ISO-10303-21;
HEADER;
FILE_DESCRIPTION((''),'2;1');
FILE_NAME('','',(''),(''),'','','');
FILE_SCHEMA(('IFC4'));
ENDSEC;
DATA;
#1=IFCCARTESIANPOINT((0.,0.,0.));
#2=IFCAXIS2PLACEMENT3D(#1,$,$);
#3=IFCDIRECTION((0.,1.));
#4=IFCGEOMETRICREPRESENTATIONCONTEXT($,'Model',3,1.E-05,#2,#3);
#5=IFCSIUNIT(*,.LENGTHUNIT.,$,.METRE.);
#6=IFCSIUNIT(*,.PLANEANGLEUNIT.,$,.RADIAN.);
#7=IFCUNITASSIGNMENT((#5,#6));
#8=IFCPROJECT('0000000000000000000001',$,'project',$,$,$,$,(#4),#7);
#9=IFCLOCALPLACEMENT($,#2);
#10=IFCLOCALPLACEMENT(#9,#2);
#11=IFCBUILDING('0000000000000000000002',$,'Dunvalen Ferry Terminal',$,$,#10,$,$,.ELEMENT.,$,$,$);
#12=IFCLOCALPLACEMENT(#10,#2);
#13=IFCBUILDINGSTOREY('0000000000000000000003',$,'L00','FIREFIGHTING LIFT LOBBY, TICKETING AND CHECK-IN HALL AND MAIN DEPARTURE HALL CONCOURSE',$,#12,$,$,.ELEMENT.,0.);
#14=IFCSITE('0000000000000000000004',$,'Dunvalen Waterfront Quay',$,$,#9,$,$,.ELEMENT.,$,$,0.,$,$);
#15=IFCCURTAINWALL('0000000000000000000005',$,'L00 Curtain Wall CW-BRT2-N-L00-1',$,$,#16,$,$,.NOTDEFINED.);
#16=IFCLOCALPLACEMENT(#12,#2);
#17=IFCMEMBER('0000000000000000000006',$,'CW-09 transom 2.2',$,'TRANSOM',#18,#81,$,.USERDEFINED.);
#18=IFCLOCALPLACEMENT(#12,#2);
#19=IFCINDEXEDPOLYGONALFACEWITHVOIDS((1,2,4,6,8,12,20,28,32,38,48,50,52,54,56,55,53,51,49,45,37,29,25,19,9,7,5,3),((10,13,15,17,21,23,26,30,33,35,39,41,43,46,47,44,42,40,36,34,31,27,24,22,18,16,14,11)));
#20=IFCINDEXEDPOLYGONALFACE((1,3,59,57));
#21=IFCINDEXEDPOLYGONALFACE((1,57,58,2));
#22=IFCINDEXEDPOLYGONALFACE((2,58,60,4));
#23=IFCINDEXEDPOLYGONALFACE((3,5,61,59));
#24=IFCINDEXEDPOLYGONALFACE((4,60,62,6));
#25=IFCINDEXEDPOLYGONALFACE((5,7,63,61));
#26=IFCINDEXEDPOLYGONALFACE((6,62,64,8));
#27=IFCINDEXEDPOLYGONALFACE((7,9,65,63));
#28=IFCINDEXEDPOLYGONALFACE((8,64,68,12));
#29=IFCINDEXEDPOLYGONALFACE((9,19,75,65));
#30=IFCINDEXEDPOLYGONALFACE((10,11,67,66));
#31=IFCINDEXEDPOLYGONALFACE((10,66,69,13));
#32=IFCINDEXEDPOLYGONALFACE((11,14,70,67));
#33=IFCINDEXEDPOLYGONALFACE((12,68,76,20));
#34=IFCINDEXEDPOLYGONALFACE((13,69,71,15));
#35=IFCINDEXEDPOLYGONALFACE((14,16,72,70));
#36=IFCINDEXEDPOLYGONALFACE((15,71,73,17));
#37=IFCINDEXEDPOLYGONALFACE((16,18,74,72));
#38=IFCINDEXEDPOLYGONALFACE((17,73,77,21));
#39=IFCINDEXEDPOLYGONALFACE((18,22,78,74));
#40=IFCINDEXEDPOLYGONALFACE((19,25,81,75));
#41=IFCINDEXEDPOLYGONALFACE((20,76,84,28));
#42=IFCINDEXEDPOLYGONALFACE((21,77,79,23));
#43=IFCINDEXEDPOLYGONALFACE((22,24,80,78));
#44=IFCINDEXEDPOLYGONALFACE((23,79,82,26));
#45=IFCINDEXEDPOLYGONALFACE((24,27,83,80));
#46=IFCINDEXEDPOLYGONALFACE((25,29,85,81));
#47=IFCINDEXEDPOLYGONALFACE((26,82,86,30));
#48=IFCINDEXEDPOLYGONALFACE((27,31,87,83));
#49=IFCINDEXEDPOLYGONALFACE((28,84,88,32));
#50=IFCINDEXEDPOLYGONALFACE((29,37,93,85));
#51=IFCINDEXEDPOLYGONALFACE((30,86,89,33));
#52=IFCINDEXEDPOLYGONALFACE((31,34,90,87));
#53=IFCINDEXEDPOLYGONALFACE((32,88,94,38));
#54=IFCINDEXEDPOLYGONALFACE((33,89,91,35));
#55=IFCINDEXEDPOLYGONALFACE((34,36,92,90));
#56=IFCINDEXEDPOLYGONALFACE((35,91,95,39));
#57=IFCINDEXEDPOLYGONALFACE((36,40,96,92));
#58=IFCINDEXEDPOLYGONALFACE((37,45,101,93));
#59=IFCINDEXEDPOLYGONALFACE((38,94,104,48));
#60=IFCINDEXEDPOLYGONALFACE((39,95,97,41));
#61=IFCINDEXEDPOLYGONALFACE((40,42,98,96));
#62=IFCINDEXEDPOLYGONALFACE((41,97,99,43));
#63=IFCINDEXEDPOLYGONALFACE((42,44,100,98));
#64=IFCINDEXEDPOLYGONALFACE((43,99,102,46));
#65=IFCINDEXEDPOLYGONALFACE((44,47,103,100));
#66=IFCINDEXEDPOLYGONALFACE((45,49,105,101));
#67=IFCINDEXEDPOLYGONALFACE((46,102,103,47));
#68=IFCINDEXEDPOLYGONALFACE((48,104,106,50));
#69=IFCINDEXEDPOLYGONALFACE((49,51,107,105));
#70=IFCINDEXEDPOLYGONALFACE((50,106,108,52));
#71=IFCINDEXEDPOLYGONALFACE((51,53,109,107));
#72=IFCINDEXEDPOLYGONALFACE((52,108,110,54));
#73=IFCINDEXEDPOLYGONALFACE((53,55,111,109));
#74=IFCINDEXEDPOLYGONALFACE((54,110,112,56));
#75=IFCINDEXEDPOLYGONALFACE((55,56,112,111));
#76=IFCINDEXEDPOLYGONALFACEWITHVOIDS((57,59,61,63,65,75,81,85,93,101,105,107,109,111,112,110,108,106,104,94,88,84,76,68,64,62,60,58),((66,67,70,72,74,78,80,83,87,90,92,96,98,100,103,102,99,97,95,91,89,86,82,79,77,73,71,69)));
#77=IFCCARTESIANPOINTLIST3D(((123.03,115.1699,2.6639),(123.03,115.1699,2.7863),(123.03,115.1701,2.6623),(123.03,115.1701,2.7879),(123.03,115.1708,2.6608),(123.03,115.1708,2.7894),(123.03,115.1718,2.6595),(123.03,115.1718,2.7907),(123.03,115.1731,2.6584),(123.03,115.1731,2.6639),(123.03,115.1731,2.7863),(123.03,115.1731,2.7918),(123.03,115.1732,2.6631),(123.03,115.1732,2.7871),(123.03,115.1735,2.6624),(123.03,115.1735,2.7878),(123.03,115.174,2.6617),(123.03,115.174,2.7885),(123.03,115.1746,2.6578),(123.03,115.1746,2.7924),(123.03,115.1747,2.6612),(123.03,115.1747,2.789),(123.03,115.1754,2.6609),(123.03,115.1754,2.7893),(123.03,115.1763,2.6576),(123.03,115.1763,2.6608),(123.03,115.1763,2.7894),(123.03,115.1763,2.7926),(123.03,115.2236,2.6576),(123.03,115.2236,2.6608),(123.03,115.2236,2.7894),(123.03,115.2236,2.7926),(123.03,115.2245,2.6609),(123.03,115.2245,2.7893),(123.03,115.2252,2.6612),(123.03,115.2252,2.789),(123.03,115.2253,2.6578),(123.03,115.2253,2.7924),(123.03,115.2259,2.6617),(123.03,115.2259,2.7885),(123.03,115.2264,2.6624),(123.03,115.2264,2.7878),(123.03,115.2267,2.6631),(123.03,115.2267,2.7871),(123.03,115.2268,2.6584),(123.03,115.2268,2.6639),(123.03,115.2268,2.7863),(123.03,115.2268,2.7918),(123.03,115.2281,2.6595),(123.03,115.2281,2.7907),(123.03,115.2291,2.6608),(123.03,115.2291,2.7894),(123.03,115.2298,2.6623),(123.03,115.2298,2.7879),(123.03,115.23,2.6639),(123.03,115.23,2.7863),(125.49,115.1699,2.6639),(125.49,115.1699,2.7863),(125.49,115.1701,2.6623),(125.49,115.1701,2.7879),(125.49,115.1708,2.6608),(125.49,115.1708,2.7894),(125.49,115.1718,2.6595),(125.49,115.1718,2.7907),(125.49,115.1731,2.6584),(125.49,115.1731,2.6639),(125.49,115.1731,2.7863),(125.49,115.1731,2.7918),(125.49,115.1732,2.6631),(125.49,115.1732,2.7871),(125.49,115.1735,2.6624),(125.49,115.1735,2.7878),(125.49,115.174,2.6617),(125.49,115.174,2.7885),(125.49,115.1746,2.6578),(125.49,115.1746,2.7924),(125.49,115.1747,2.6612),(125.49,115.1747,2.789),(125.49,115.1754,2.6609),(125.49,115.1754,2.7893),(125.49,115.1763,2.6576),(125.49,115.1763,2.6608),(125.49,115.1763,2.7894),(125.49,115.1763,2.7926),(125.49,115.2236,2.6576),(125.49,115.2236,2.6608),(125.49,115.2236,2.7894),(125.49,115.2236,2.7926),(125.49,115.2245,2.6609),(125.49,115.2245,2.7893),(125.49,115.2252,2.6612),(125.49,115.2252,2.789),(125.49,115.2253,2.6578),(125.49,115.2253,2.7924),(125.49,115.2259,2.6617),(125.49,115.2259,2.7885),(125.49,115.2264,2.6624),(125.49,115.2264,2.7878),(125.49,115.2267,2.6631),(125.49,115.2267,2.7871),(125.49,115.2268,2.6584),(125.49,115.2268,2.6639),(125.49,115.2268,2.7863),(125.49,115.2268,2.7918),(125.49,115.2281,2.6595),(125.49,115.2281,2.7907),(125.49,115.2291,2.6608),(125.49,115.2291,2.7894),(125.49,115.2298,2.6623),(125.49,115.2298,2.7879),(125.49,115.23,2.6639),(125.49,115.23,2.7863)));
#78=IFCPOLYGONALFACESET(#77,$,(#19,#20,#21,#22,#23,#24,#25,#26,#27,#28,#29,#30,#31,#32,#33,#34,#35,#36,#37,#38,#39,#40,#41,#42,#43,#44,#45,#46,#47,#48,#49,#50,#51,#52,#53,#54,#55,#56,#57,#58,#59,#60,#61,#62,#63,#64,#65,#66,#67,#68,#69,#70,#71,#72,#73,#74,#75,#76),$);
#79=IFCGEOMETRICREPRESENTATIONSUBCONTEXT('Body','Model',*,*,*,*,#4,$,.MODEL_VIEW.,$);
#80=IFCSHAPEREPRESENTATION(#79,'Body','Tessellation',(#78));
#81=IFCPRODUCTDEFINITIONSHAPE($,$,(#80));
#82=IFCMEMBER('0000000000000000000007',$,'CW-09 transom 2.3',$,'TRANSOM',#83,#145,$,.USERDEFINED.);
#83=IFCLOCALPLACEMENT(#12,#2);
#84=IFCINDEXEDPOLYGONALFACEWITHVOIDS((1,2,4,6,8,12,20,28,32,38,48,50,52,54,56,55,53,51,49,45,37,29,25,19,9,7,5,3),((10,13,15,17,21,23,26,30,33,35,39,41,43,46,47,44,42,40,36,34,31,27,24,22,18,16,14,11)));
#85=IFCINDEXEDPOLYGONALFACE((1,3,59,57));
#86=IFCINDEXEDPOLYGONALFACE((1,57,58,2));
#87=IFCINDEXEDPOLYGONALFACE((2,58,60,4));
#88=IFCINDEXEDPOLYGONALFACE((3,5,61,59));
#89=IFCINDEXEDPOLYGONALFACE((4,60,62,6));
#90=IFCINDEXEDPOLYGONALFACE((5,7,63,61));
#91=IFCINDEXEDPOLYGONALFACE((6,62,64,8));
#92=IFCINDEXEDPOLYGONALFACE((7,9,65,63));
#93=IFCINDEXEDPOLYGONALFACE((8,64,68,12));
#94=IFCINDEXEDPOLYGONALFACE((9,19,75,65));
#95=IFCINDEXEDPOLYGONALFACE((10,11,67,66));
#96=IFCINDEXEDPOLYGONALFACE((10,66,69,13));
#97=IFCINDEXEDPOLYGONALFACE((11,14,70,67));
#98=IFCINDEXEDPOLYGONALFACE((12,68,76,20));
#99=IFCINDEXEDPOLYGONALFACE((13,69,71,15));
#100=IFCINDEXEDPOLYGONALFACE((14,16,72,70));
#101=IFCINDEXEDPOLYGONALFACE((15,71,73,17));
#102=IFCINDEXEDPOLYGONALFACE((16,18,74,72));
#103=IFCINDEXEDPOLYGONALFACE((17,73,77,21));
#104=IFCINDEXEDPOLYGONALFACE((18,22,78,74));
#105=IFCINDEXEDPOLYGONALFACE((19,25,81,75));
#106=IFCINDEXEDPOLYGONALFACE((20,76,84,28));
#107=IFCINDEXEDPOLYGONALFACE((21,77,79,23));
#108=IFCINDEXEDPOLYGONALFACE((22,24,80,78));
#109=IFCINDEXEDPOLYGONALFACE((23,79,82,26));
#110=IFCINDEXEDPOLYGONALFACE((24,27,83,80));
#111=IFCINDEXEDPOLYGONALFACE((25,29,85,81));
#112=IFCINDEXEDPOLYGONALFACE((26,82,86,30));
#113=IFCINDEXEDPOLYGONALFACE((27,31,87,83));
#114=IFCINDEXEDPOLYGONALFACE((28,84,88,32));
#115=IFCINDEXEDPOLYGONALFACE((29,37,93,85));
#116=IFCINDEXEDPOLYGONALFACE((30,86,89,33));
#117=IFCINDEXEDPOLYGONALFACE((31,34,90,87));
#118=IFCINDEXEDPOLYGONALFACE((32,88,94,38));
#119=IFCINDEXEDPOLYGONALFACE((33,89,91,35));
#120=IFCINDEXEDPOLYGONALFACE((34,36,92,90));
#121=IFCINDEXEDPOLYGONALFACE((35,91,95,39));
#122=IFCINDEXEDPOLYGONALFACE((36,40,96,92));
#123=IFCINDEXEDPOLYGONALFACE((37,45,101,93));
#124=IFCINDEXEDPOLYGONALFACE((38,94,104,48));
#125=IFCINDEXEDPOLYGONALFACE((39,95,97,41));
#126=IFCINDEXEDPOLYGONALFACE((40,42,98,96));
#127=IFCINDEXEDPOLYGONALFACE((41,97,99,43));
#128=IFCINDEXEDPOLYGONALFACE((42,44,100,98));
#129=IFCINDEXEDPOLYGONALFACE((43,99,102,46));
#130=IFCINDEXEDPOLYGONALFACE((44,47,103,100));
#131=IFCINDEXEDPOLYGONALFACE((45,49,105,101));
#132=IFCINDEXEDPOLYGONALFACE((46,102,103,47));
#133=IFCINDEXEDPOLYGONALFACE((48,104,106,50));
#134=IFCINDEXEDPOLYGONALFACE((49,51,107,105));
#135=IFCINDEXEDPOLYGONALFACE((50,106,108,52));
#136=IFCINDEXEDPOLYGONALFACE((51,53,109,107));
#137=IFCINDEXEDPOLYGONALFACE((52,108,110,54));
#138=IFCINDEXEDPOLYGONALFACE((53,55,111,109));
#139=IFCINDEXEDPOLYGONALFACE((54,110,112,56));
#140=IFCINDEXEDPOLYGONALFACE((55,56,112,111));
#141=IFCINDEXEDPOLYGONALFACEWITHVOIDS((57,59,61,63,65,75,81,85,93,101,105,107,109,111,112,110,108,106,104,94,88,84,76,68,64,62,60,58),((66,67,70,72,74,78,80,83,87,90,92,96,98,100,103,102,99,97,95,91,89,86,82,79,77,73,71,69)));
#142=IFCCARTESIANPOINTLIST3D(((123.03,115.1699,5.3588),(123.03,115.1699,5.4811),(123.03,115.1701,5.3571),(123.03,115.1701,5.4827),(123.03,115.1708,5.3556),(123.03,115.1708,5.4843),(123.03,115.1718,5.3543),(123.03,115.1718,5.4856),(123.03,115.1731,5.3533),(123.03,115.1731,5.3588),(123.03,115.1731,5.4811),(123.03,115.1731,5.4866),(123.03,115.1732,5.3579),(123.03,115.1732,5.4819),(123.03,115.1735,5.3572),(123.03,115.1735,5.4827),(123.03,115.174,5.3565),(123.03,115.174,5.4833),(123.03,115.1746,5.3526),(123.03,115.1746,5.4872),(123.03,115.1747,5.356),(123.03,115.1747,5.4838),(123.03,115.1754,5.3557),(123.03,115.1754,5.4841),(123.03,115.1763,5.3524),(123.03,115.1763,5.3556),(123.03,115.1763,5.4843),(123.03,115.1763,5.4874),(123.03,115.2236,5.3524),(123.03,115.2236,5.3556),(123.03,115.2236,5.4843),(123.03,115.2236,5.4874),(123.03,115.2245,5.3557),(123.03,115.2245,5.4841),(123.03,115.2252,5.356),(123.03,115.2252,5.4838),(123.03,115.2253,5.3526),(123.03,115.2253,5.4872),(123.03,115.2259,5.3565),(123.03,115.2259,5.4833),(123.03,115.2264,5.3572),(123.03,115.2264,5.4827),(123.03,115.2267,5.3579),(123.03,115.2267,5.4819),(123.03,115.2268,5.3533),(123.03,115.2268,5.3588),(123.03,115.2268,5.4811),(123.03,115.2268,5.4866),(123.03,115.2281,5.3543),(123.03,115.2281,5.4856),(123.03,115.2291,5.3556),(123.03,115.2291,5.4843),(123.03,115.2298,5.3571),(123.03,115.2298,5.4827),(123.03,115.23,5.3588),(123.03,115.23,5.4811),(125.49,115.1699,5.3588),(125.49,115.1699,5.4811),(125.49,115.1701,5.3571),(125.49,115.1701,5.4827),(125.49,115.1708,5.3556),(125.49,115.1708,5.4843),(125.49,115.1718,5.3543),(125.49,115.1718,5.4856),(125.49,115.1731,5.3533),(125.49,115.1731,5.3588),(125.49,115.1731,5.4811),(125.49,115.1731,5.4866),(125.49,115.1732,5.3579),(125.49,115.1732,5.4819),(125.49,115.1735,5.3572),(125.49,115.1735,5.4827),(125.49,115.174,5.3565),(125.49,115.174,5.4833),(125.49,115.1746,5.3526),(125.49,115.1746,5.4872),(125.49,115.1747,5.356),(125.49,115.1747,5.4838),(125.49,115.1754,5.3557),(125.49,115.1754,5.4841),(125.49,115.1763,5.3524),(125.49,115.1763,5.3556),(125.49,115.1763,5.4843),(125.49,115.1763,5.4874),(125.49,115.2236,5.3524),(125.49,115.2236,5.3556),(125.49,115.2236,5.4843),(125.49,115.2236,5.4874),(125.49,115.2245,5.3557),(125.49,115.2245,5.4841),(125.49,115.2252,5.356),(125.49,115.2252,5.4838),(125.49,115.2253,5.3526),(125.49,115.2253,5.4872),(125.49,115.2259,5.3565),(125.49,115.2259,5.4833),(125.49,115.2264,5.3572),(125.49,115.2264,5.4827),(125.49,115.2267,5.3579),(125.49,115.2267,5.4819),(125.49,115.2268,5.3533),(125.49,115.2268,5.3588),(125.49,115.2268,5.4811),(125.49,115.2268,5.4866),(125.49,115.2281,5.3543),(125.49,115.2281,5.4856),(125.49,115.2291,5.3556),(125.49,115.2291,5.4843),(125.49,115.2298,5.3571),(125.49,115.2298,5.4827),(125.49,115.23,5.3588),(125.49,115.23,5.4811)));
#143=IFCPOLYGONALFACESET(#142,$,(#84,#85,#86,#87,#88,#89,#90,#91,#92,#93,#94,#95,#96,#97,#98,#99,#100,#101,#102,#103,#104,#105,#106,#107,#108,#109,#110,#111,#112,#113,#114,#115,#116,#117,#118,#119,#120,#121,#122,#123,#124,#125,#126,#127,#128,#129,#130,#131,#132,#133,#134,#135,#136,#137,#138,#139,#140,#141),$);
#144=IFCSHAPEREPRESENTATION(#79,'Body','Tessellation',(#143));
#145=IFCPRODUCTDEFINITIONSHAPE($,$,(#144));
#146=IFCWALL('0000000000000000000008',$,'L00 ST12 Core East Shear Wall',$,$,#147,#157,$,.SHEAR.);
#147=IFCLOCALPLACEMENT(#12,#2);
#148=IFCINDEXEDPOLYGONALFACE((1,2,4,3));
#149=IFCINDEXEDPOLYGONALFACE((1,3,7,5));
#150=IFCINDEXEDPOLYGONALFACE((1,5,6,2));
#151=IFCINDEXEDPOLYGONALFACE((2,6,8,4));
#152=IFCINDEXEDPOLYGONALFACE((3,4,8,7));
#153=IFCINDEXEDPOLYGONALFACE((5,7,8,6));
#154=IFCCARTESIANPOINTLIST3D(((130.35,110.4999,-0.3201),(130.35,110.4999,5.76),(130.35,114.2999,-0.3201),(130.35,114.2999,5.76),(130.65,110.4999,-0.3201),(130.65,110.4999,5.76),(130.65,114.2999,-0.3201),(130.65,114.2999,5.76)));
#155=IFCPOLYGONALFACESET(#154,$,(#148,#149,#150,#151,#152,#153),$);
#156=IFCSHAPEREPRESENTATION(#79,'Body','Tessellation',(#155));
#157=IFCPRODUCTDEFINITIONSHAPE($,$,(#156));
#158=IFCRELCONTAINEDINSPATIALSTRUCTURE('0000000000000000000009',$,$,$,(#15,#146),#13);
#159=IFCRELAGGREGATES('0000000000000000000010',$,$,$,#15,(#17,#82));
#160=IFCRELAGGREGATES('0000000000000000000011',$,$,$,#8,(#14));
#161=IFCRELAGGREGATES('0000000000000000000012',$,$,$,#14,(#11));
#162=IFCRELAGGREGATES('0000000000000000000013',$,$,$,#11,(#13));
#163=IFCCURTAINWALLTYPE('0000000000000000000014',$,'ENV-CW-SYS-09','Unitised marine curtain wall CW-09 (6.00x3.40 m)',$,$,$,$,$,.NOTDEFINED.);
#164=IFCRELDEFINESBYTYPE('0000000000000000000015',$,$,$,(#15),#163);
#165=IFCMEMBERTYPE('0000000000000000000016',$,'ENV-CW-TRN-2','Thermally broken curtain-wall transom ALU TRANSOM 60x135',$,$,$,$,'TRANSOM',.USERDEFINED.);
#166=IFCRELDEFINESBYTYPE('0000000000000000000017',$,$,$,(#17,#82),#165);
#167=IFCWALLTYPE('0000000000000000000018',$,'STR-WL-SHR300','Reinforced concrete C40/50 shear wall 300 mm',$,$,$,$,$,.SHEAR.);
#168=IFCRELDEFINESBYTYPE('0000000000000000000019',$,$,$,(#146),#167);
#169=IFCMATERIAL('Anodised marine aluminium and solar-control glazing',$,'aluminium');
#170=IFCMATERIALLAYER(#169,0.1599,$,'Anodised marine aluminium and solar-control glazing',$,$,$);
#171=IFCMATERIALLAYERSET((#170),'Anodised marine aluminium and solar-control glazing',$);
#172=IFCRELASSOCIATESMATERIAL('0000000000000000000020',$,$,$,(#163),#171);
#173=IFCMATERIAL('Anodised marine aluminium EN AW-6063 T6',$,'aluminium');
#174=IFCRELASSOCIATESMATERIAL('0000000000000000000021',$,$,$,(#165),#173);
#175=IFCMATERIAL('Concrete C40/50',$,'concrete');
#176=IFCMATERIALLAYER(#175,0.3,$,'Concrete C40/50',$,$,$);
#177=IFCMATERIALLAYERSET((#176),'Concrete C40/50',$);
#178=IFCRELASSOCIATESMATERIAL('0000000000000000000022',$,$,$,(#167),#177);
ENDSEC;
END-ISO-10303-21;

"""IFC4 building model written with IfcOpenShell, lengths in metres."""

from ifc_helpers import new_model, si_unit, direction, frame, frame_2d, origin, origin_2d, place, context, subcontext, project, spatial, rectangle, hollow_rectangle, extrude, material, layer, layer_set, material_profile, profile_set, type_object, element, aggregate, save


model = new_model("IFC4")

# Units and contexts
model_context = context("Model", 3, precision=1e-05, world=origin(), true_north=direction((0.0, 1.0)))
body_context = subcontext(model_context, "Body", "Model", "MODEL_VIEW")
ifc_project = project(units=[si_unit("LENGTHUNIT", "METRE"), si_unit("PLANEANGLEUNIT", "RADIAN")], contexts=[model_context])

# Site, building, storey
site_placement = place(None, origin())
site = spatial("IfcSite", under=ifc_project, at=site_placement, Name="Dunvalen Waterfront Quay", CompositionType="ELEMENT", RefElevation=0.0)
building_placement = place(site_placement, origin())
building = spatial("IfcBuilding", under=site, at=building_placement, Name="Dunvalen Ferry Terminal", CompositionType="ELEMENT")
storey_placement = place(building_placement, origin())
storey = spatial("IfcBuildingStorey", under=building, at=storey_placement, Name="L00", Description="FIREFIGHTING LIFT LOBBY, TICKETING AND CHECK-IN HALL AND MAIN DEPARTURE HALL CONCOURSE", CompositionType="ELEMENT", Elevation=0.0)

# Shared definitions
ifc_material_1 = material(Name="Concrete C40/50", Category="concrete")

# Curtain wall, members
ifc_material_2 = material(Name="Anodised marine aluminium and solar-control glazing", Category="aluminium")
ifc_layer_1 = layer(ifc_material_2, 0.1599, Name="Anodised marine aluminium and solar-control glazing")
ifc_layer_set_1 = layer_set([ifc_layer_1], Name="Anodised marine aluminium and solar-control glazing")
curtain_wall_type = type_object("IfcCurtainWallType", Name="ENV-CW-SYS-09", Description="Unitised marine curtain wall CW-09 (6.00x3.40 m)", PredefinedType="NOTDEFINED", material=ifc_layer_set_1)
curtain_wall_placement = place(storey_placement, origin())
curtain_wall = element("IfcCurtainWall", 1, at=curtain_wall_placement, inside=storey, type_object=curtain_wall_type, Name="L00 Curtain Wall CW-BRT2-N-L00-1", PredefinedType="NOTDEFINED")
ifc_material_3 = material(Name="Anodised marine aluminium EN AW-6063 T6", Category="aluminium")
ifc_material_profile_1 = material_profile(ifc_material_3, hollow_rectangle(XDim=0.0601, YDim=0.135, WallThickness=0.0032, InnerFilletRadius=0.0032, OuterFilletRadius=0.0063, at=origin_2d()), Name="Anodised marine aluminium EN AW-6063 T6")
ifc_profile_set_1 = profile_set([ifc_material_profile_1], Name="Anodised marine aluminium EN AW-6063 T6")
member_type_1 = type_object("IfcMemberType", Name="ENV-CW-TRN-2", Description="Thermally broken curtain-wall transom ALU TRANSOM 60x135", ElementType="TRANSOM", PredefinedType="USERDEFINED", material=ifc_profile_set_1)
member_1_placement = place(storey_placement, frame((123.03, 115.2, 2.7251), z_axis=(1.0, 0.0, 0.0), x_axis=(0.0, 1.0, 0.0)))
member_1 = element("IfcMember", 2, at=member_1_placement, type_object=member_type_1, Name="CW-09 transom 2.2", ObjectType="TRANSOM", PredefinedType="USERDEFINED", context=body_context, shape_type="SweptSolid", body=[
    extrude(hollow_rectangle(XDim=0.0601, YDim=0.135, WallThickness=0.0032, InnerFilletRadius=0.0032, OuterFilletRadius=0.0063, at=origin_2d()), origin(), (0.0, 0.0, 1.0), 2.46),
])
member_2_placement = place(storey_placement, frame((123.03, 115.2, 5.4199), z_axis=(1.0, 0.0, 0.0), x_axis=(0.0, 1.0, 0.0)))
member_2 = element("IfcMember", 3, at=member_2_placement, type_object=member_type_1, Name="CW-09 transom 2.3", ObjectType="TRANSOM", PredefinedType="USERDEFINED", context=body_context, shape_type="SweptSolid", body=[
    extrude(hollow_rectangle(XDim=0.0601, YDim=0.135, WallThickness=0.0032, InnerFilletRadius=0.0032, OuterFilletRadius=0.0063, at=origin_2d()), origin(), (0.0, 0.0, 1.0), 2.46),
])
aggregate(curtain_wall, [member_1, member_2])

# Wall
ifc_layer_2 = layer(ifc_material_1, 0.3, Name="Concrete C40/50")
ifc_layer_set_2 = layer_set([ifc_layer_2], Name="Concrete C40/50")
wall_type = type_object("IfcWallType", Name="STR-WL-SHR300", Description="Reinforced concrete C40/50 shear wall 300 mm", PredefinedType="SHEAR", material=ifc_layer_set_2)
wall_placement = place(storey_placement, frame((130.5, 110.5, -0.3201), z_axis=(0.0, 0.0, 1.0), x_axis=(0.0, 1.0, 0.0)))
element("IfcWall", 4, at=wall_placement, inside=storey, type_object=wall_type, Name="L00 ST12 Core East Shear Wall", PredefinedType="SHEAR", context=body_context, shape_type="SweptSolid", body=[
    extrude(rectangle(XDim=3.8, YDim=0.3, at=frame_2d((1.8999, 0.0))), origin(), (0.0, 0.0, 1.0), 6.0801),
])

save(model, "model.ifc")
